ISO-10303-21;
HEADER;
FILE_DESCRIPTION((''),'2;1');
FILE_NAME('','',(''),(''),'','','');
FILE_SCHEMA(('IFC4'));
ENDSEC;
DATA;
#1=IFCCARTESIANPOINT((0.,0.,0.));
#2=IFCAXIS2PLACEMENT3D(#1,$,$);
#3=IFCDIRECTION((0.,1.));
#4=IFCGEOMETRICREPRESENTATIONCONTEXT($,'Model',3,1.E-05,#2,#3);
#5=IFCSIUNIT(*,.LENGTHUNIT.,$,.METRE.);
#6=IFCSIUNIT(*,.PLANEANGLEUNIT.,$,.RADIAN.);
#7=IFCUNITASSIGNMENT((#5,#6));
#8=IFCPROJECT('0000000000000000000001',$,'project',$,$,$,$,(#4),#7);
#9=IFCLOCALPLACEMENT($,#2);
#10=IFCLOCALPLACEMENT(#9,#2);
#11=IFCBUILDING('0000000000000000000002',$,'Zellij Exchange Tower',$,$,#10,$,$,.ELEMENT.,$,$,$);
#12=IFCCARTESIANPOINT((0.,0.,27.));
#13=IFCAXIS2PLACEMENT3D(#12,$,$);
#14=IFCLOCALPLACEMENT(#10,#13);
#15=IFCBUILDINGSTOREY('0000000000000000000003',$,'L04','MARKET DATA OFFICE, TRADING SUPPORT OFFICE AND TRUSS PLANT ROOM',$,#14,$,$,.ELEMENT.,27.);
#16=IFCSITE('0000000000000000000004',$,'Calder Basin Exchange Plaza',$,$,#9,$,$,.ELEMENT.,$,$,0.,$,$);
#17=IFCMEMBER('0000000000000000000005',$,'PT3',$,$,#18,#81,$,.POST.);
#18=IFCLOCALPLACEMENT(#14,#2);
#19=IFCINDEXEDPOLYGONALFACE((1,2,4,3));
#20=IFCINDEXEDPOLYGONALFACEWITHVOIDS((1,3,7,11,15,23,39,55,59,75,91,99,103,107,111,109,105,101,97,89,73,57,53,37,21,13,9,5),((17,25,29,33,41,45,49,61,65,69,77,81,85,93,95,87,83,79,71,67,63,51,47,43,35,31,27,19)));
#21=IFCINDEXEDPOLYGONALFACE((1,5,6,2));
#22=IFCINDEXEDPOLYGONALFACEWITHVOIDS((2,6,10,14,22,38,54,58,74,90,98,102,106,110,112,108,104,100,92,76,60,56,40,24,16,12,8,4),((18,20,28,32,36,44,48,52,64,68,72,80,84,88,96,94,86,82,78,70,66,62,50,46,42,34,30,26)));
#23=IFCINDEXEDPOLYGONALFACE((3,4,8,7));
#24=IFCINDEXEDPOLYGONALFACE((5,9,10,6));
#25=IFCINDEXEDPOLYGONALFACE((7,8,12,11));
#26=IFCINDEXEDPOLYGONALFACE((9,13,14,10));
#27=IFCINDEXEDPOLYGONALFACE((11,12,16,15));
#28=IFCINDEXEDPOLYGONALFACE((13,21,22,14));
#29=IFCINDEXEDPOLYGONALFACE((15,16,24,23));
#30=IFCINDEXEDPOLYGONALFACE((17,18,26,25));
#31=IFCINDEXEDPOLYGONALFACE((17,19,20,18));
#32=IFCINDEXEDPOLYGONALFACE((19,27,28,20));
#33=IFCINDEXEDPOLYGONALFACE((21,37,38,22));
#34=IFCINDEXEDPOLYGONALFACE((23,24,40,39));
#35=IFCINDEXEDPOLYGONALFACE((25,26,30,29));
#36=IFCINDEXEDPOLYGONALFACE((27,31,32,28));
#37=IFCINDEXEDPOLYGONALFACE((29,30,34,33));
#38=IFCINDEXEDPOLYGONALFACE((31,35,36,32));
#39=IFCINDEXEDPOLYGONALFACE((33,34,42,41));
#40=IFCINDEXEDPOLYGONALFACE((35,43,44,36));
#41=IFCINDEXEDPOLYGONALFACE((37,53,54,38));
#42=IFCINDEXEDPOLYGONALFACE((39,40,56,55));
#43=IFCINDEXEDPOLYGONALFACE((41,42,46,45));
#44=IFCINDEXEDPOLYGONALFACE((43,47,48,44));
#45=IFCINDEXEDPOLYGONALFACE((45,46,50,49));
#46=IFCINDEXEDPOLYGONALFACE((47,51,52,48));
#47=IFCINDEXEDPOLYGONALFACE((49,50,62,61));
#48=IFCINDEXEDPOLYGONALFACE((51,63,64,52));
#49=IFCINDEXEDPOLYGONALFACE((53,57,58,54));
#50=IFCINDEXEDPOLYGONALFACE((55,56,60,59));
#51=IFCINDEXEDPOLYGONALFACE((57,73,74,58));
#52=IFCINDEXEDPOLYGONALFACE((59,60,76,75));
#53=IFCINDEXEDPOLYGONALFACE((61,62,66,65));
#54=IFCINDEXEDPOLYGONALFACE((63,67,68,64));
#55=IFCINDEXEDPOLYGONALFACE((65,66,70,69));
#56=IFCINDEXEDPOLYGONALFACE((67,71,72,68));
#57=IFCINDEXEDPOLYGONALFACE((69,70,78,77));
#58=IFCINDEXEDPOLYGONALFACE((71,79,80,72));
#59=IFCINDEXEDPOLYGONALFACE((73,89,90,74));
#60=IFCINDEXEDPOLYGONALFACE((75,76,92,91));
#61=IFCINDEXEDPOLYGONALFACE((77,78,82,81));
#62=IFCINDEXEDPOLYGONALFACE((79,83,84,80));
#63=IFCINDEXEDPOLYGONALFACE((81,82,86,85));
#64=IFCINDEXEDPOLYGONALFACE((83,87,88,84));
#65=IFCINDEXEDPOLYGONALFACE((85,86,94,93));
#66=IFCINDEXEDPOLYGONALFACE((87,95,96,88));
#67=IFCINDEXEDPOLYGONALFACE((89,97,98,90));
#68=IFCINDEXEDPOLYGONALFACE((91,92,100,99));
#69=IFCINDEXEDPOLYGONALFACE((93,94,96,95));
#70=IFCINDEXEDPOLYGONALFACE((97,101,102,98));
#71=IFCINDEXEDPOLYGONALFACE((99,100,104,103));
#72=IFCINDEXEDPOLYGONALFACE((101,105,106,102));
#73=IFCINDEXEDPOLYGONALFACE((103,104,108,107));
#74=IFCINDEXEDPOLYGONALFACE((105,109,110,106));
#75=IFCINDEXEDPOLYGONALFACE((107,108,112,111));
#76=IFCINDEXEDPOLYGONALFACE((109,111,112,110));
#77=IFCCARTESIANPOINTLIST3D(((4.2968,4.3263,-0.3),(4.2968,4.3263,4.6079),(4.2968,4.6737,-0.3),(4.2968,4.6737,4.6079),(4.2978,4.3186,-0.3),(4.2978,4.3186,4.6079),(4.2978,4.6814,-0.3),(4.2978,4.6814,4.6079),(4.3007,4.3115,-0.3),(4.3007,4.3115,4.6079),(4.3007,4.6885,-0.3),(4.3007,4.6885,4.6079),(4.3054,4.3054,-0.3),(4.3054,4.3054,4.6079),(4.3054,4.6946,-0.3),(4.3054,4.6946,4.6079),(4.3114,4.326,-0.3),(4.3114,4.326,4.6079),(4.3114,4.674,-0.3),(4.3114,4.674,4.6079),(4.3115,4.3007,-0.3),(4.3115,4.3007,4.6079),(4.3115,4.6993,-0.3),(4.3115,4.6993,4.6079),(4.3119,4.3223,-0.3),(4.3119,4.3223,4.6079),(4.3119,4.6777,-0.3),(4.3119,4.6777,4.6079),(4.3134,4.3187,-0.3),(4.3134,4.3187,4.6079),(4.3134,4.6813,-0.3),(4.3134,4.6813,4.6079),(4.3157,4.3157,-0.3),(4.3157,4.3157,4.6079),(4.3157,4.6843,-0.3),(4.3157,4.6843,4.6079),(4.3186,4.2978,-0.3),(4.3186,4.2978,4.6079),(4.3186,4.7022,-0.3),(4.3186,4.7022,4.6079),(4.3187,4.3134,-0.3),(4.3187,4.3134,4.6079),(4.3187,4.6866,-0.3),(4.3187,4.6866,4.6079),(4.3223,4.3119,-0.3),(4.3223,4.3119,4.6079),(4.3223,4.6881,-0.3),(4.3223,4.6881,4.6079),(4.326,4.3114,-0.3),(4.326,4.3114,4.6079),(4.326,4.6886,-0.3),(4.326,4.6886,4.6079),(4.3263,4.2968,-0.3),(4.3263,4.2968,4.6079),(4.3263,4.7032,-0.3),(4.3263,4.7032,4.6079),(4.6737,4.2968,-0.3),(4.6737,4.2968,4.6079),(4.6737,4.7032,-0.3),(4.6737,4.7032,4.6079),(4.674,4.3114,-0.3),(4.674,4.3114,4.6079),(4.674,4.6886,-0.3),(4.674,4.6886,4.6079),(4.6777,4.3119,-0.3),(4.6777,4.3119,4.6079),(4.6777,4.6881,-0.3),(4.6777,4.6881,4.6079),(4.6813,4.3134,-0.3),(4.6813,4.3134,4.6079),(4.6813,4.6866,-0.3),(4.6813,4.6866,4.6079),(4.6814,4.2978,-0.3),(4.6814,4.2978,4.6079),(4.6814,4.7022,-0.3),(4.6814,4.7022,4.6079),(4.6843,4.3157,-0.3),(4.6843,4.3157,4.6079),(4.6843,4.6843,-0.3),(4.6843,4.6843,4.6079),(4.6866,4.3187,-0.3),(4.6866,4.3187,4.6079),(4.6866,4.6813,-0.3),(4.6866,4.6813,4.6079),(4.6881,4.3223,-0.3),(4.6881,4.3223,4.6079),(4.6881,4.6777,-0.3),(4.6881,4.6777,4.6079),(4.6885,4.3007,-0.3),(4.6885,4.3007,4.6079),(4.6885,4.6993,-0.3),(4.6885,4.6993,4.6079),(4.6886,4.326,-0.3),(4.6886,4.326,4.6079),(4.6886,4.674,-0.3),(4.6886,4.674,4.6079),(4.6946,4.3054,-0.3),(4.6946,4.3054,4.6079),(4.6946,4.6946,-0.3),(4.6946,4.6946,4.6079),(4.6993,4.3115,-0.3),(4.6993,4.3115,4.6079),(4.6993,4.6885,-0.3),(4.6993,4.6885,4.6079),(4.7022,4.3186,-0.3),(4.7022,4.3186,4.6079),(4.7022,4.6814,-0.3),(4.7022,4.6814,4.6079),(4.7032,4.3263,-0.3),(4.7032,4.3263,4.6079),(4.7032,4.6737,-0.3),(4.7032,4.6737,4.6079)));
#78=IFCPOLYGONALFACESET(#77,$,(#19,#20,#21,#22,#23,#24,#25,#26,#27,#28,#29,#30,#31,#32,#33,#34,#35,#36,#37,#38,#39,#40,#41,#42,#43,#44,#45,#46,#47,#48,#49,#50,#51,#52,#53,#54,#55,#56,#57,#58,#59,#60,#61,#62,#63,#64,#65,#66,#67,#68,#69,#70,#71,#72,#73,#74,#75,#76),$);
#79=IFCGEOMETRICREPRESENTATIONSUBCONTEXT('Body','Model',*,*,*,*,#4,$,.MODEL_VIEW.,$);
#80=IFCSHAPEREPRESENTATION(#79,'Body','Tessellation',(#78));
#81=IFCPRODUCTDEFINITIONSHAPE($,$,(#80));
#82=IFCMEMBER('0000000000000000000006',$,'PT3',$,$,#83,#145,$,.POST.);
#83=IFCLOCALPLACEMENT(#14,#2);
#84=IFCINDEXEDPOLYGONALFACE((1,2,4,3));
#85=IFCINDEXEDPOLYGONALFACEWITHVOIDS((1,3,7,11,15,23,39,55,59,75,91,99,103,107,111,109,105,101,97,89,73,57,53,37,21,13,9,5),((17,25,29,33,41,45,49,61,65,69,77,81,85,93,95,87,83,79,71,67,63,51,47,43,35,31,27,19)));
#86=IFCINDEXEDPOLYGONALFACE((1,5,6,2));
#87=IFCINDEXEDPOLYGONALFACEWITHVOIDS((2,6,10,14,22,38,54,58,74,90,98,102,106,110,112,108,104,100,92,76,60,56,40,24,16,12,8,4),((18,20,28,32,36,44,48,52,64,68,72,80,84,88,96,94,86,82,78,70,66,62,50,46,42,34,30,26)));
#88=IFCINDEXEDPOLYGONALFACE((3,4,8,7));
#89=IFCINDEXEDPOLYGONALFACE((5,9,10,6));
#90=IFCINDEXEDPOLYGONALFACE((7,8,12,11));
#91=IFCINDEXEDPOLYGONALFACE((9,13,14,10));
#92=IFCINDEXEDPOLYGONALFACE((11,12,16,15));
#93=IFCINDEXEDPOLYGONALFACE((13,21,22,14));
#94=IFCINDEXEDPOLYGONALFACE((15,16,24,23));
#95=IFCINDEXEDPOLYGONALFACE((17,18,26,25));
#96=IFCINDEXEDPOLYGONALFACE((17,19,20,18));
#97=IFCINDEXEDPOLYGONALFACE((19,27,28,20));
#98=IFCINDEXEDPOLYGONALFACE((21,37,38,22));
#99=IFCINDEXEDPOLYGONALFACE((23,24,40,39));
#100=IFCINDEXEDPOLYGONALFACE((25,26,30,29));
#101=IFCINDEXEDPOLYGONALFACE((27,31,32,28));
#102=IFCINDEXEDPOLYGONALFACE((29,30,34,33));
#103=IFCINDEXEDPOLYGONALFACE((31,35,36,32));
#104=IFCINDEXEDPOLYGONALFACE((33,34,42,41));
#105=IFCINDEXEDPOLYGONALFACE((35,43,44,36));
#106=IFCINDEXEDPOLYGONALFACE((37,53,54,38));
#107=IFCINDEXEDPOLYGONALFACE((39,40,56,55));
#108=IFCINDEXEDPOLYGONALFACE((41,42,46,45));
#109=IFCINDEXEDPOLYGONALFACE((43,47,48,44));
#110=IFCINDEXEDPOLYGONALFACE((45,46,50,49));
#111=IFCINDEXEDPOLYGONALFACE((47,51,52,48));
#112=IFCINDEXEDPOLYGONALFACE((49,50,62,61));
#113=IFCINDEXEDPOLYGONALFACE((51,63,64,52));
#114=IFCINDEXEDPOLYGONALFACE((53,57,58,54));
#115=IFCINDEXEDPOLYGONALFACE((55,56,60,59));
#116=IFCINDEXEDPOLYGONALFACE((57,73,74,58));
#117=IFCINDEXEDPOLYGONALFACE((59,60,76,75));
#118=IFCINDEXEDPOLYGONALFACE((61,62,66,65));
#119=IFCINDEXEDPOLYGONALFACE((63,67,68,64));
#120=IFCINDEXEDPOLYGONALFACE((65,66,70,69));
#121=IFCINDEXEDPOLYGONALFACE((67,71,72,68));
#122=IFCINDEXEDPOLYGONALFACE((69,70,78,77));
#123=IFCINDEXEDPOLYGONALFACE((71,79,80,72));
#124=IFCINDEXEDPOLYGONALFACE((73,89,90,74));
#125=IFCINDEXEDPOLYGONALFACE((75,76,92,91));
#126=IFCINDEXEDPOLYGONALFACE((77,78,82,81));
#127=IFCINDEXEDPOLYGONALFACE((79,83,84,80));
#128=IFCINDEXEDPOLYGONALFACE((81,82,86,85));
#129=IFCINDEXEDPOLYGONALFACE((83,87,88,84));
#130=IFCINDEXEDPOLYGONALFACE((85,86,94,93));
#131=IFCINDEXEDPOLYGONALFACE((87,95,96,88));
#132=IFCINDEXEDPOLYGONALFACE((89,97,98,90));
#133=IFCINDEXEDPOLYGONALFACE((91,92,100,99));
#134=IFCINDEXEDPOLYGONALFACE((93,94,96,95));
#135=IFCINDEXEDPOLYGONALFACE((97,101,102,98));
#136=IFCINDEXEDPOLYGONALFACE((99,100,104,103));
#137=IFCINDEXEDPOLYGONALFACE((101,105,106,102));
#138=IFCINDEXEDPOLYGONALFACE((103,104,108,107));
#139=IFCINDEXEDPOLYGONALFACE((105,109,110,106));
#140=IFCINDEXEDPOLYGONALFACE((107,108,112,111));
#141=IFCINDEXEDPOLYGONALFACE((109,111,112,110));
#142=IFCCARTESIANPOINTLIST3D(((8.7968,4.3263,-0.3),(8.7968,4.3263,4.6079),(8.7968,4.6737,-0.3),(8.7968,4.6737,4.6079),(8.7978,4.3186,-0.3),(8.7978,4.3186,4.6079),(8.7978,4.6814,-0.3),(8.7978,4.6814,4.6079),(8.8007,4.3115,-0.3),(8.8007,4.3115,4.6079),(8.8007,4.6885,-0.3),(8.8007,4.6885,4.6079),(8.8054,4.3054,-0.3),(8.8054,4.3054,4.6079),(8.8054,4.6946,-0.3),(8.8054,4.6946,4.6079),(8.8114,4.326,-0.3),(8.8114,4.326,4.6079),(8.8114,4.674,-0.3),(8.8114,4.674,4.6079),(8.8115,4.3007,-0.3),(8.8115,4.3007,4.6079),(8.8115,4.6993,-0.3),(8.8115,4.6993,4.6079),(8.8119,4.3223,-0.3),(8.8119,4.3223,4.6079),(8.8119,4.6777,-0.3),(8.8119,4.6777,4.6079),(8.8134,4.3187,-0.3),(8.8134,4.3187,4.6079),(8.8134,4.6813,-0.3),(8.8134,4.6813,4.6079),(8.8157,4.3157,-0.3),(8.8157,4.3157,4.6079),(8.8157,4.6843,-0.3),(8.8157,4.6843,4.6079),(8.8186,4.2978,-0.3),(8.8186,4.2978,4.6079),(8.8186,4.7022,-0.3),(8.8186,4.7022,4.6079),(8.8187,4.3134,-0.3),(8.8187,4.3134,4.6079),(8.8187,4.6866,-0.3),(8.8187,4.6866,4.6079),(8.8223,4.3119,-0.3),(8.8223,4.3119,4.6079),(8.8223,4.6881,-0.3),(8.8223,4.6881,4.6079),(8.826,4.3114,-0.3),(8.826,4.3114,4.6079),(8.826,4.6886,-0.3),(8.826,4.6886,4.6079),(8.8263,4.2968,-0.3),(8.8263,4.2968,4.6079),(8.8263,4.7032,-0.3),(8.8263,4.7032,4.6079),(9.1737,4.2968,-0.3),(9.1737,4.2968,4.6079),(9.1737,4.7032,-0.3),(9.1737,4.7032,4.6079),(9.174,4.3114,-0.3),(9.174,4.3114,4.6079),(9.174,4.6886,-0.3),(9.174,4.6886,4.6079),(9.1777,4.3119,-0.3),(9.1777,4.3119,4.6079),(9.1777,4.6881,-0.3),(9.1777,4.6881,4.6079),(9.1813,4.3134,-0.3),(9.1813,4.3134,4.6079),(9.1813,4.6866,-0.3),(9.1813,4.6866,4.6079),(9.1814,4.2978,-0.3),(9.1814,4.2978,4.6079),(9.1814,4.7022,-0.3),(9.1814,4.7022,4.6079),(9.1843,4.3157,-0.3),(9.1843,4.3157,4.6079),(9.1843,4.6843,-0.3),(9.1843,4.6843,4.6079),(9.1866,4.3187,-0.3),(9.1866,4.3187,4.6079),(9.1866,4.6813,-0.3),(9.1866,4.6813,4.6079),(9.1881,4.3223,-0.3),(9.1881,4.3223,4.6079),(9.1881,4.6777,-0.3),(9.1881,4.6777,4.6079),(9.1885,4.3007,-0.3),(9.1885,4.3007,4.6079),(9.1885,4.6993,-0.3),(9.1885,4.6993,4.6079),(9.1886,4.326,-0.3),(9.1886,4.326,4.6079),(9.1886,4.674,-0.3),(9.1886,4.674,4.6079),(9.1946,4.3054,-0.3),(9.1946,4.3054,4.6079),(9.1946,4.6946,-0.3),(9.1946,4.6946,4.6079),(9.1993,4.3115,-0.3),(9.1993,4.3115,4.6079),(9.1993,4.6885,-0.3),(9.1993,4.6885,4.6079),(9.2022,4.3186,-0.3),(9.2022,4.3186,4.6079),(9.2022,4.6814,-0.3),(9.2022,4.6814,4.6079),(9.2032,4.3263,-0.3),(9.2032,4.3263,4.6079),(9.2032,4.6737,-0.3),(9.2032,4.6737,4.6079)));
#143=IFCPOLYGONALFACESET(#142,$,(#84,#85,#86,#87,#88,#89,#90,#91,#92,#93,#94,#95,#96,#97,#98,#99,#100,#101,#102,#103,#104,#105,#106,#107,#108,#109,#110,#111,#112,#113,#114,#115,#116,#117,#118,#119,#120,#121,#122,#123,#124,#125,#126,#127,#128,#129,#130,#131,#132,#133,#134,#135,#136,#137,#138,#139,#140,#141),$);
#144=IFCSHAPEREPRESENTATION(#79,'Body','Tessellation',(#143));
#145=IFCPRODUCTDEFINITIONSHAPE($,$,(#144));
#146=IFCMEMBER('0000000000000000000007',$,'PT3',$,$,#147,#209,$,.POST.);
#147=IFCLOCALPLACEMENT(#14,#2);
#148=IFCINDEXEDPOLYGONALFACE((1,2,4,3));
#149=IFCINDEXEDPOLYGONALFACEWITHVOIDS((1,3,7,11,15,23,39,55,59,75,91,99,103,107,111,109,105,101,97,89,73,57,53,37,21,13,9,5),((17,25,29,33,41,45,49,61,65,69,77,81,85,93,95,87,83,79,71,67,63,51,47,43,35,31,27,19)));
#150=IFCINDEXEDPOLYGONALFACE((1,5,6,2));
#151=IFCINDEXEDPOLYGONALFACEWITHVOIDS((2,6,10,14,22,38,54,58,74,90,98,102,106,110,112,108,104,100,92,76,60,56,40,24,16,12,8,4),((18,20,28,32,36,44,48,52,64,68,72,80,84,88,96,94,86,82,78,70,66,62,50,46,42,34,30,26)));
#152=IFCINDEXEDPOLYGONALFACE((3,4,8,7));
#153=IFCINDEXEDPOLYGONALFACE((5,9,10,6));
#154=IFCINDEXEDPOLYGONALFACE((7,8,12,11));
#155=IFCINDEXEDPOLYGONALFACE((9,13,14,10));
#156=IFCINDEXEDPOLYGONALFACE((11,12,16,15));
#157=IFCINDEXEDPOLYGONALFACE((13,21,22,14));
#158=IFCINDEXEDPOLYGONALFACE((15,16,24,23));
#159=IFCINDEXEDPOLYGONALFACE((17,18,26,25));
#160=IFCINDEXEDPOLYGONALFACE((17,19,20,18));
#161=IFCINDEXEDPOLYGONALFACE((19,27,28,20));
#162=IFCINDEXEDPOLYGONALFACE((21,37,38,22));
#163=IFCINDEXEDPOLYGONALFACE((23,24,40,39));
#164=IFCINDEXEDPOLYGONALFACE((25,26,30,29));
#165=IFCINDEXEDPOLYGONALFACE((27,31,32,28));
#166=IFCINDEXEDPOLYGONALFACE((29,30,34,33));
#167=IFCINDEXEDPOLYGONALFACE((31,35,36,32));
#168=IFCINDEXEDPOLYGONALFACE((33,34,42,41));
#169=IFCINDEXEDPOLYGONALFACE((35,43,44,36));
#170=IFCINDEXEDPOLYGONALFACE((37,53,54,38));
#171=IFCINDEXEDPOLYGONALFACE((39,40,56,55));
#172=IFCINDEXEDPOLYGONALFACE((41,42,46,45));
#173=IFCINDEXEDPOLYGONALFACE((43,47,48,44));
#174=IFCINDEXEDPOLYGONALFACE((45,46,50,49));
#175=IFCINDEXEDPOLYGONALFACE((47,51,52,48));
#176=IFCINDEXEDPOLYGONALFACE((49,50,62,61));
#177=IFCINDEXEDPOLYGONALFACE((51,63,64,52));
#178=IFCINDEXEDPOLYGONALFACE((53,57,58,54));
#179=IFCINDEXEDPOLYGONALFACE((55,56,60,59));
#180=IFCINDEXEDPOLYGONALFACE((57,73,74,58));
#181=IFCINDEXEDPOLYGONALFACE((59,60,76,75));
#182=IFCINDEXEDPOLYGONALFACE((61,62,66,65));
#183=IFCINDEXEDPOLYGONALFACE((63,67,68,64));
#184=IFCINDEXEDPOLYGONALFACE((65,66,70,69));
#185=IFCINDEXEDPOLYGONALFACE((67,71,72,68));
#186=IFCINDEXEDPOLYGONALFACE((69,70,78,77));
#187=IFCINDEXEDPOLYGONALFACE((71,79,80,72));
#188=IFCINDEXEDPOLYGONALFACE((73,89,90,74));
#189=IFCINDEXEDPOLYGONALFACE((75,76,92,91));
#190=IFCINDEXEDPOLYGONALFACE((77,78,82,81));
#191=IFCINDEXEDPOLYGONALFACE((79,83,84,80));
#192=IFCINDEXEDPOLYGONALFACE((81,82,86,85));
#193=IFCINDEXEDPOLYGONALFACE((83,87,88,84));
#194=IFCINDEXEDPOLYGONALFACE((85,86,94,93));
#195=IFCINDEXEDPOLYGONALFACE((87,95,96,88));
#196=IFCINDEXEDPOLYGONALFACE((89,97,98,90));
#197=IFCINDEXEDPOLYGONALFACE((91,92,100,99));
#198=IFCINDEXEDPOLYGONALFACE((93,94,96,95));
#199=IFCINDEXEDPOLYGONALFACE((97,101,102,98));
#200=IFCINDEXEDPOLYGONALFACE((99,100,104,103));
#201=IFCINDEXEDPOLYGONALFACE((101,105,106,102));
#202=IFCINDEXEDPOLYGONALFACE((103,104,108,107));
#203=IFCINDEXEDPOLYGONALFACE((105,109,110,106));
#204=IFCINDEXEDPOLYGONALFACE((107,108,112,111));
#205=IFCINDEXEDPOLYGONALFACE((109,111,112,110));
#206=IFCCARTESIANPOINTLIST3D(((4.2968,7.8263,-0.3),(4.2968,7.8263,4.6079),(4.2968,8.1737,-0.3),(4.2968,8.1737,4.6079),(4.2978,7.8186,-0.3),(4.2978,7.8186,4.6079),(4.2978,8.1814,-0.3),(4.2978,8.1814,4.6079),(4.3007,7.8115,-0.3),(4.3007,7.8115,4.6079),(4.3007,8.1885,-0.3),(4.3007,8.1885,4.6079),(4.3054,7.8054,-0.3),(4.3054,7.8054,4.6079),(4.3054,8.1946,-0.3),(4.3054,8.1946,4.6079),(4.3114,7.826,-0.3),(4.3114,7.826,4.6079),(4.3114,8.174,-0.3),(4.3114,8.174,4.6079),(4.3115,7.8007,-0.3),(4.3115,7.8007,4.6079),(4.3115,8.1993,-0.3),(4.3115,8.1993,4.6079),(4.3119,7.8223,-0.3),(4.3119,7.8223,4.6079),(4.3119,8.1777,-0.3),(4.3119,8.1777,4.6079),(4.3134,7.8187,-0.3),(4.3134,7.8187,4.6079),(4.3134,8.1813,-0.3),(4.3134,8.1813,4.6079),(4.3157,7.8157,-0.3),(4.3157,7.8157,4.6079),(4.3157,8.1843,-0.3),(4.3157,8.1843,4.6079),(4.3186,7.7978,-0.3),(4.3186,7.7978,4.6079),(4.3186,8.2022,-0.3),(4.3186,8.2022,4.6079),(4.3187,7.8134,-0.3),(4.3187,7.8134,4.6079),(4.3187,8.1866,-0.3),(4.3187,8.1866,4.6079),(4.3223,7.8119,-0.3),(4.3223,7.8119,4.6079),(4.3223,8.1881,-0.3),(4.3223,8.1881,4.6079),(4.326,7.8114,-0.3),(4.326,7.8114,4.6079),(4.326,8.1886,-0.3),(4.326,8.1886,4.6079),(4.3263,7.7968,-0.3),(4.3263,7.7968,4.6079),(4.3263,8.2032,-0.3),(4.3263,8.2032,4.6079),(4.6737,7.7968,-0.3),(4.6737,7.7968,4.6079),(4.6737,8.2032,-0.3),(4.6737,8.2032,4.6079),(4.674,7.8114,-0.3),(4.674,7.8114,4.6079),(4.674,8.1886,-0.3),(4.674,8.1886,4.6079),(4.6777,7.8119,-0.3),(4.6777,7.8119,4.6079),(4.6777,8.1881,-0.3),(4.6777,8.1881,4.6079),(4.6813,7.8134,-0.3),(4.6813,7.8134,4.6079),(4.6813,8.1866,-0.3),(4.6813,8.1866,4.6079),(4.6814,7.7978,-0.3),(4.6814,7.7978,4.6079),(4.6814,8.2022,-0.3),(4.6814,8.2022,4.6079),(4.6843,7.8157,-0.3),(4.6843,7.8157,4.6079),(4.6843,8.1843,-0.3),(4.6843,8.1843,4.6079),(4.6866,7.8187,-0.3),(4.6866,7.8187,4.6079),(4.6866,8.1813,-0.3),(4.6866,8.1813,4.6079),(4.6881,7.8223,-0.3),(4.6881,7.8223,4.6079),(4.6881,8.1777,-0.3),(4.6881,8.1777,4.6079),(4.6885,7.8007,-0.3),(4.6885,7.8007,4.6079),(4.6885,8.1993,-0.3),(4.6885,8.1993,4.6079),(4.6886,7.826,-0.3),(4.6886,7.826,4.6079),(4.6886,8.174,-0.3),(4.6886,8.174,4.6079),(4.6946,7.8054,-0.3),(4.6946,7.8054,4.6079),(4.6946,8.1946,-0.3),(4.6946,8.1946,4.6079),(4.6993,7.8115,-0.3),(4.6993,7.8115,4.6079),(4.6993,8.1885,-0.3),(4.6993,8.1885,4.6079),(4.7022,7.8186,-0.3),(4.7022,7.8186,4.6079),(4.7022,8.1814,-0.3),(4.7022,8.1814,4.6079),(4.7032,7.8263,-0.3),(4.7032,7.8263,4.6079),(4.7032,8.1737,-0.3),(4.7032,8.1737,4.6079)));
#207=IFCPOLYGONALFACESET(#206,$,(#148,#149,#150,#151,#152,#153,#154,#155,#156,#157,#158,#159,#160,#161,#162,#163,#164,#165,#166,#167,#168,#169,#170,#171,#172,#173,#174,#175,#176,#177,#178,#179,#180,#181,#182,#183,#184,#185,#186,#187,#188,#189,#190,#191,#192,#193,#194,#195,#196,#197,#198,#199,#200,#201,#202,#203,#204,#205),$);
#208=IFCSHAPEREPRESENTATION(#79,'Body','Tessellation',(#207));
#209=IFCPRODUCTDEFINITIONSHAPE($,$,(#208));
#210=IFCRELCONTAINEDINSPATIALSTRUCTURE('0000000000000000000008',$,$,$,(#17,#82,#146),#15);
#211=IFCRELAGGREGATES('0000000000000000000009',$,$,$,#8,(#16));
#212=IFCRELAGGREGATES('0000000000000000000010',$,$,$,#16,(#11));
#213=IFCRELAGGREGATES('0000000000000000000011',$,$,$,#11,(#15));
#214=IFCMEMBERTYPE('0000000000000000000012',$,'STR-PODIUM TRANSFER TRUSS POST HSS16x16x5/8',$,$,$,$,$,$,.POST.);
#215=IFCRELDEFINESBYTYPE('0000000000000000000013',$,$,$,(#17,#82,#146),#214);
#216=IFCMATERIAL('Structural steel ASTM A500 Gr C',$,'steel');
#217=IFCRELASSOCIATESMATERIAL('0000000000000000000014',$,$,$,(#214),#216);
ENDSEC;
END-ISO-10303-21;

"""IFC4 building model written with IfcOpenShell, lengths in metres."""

from ifc_helpers import new_model, si_unit, direction, frame, origin, origin_2d, place, context, subcontext, project, spatial, hollow_rectangle, extrude, material, material_profile, profile_set, type_object, element, save


model = new_model("IFC4")

# Units and contexts
model_context = context("Model", 3, precision=1e-05, world=origin(), true_north=direction((0.0, 1.0)))
body_context = subcontext(model_context, "Body", "Model", "MODEL_VIEW")
ifc_project = project(units=[si_unit("LENGTHUNIT", "METRE"), si_unit("PLANEANGLEUNIT", "RADIAN")], contexts=[model_context])

# Site, building, storey
site_placement = place(None, origin())
site = spatial("IfcSite", under=ifc_project, at=site_placement, Name="Calder Basin Exchange Plaza", CompositionType="ELEMENT", RefElevation=0.0)
building_placement = place(site_placement, origin())
building = spatial("IfcBuilding", under=site, at=building_placement, Name="Zellij Exchange Tower", CompositionType="ELEMENT")
storey_placement = place(building_placement, frame((0.0, 0.0, 27.0)))
storey = spatial("IfcBuildingStorey", under=building, at=storey_placement, Name="L04", Description="MARKET DATA OFFICE, TRADING SUPPORT OFFICE AND TRUSS PLANT ROOM", CompositionType="ELEMENT", Elevation=27.0)

# Members
ifc_material_1 = material(Name="Structural steel ASTM A500 Gr C", Category="steel")
ifc_material_profile_1 = material_profile(ifc_material_1, hollow_rectangle(XDim=0.4065, YDim=0.4065, WallThickness=0.0146, InnerFilletRadius=0.0146, OuterFilletRadius=0.0295, at=origin_2d()), Name="STR-PODIUM TRANSFER TRUSS POST HSS16x16x5/8")
ifc_profile_set_1 = profile_set([ifc_material_profile_1], Name="Structural steel ASTM A500 Gr C")
member_type_1 = type_object("IfcMemberType", Name="STR-PODIUM TRANSFER TRUSS POST HSS16x16x5/8", PredefinedType="POST", material=ifc_profile_set_1)
for number, where, z_axis, x_axis, name in (
    (1, (4.5, 4.5, -0.3), (0.0, 0.0, 1.0), (1.0, 0.0, 0.0), "PT3"),
    (2, (9.0, 4.5, -0.3), (0.0, 0.0, 1.0), (1.0, 0.0, 0.0), "PT3"),
    (3, (4.5, 8.0, -0.3), (0.0, 0.0, 1.0), (1.0, 0.0, 0.0), "PT3"),
):
    element("IfcMember", number, at=place(storey_placement, frame(where, z_axis=z_axis, x_axis=x_axis)), inside=storey, type_object=member_type_1, Name=name, PredefinedType="POST", context=body_context, shape_type="SweptSolid", body=[
        extrude(hollow_rectangle(XDim=0.4065, YDim=0.4065, WallThickness=0.0146, InnerFilletRadius=0.0146, OuterFilletRadius=0.0295, at=origin_2d()), origin(), (0.0, 0.0, 1.0), 4.908),
    ])

save(model, "model.ifc")
